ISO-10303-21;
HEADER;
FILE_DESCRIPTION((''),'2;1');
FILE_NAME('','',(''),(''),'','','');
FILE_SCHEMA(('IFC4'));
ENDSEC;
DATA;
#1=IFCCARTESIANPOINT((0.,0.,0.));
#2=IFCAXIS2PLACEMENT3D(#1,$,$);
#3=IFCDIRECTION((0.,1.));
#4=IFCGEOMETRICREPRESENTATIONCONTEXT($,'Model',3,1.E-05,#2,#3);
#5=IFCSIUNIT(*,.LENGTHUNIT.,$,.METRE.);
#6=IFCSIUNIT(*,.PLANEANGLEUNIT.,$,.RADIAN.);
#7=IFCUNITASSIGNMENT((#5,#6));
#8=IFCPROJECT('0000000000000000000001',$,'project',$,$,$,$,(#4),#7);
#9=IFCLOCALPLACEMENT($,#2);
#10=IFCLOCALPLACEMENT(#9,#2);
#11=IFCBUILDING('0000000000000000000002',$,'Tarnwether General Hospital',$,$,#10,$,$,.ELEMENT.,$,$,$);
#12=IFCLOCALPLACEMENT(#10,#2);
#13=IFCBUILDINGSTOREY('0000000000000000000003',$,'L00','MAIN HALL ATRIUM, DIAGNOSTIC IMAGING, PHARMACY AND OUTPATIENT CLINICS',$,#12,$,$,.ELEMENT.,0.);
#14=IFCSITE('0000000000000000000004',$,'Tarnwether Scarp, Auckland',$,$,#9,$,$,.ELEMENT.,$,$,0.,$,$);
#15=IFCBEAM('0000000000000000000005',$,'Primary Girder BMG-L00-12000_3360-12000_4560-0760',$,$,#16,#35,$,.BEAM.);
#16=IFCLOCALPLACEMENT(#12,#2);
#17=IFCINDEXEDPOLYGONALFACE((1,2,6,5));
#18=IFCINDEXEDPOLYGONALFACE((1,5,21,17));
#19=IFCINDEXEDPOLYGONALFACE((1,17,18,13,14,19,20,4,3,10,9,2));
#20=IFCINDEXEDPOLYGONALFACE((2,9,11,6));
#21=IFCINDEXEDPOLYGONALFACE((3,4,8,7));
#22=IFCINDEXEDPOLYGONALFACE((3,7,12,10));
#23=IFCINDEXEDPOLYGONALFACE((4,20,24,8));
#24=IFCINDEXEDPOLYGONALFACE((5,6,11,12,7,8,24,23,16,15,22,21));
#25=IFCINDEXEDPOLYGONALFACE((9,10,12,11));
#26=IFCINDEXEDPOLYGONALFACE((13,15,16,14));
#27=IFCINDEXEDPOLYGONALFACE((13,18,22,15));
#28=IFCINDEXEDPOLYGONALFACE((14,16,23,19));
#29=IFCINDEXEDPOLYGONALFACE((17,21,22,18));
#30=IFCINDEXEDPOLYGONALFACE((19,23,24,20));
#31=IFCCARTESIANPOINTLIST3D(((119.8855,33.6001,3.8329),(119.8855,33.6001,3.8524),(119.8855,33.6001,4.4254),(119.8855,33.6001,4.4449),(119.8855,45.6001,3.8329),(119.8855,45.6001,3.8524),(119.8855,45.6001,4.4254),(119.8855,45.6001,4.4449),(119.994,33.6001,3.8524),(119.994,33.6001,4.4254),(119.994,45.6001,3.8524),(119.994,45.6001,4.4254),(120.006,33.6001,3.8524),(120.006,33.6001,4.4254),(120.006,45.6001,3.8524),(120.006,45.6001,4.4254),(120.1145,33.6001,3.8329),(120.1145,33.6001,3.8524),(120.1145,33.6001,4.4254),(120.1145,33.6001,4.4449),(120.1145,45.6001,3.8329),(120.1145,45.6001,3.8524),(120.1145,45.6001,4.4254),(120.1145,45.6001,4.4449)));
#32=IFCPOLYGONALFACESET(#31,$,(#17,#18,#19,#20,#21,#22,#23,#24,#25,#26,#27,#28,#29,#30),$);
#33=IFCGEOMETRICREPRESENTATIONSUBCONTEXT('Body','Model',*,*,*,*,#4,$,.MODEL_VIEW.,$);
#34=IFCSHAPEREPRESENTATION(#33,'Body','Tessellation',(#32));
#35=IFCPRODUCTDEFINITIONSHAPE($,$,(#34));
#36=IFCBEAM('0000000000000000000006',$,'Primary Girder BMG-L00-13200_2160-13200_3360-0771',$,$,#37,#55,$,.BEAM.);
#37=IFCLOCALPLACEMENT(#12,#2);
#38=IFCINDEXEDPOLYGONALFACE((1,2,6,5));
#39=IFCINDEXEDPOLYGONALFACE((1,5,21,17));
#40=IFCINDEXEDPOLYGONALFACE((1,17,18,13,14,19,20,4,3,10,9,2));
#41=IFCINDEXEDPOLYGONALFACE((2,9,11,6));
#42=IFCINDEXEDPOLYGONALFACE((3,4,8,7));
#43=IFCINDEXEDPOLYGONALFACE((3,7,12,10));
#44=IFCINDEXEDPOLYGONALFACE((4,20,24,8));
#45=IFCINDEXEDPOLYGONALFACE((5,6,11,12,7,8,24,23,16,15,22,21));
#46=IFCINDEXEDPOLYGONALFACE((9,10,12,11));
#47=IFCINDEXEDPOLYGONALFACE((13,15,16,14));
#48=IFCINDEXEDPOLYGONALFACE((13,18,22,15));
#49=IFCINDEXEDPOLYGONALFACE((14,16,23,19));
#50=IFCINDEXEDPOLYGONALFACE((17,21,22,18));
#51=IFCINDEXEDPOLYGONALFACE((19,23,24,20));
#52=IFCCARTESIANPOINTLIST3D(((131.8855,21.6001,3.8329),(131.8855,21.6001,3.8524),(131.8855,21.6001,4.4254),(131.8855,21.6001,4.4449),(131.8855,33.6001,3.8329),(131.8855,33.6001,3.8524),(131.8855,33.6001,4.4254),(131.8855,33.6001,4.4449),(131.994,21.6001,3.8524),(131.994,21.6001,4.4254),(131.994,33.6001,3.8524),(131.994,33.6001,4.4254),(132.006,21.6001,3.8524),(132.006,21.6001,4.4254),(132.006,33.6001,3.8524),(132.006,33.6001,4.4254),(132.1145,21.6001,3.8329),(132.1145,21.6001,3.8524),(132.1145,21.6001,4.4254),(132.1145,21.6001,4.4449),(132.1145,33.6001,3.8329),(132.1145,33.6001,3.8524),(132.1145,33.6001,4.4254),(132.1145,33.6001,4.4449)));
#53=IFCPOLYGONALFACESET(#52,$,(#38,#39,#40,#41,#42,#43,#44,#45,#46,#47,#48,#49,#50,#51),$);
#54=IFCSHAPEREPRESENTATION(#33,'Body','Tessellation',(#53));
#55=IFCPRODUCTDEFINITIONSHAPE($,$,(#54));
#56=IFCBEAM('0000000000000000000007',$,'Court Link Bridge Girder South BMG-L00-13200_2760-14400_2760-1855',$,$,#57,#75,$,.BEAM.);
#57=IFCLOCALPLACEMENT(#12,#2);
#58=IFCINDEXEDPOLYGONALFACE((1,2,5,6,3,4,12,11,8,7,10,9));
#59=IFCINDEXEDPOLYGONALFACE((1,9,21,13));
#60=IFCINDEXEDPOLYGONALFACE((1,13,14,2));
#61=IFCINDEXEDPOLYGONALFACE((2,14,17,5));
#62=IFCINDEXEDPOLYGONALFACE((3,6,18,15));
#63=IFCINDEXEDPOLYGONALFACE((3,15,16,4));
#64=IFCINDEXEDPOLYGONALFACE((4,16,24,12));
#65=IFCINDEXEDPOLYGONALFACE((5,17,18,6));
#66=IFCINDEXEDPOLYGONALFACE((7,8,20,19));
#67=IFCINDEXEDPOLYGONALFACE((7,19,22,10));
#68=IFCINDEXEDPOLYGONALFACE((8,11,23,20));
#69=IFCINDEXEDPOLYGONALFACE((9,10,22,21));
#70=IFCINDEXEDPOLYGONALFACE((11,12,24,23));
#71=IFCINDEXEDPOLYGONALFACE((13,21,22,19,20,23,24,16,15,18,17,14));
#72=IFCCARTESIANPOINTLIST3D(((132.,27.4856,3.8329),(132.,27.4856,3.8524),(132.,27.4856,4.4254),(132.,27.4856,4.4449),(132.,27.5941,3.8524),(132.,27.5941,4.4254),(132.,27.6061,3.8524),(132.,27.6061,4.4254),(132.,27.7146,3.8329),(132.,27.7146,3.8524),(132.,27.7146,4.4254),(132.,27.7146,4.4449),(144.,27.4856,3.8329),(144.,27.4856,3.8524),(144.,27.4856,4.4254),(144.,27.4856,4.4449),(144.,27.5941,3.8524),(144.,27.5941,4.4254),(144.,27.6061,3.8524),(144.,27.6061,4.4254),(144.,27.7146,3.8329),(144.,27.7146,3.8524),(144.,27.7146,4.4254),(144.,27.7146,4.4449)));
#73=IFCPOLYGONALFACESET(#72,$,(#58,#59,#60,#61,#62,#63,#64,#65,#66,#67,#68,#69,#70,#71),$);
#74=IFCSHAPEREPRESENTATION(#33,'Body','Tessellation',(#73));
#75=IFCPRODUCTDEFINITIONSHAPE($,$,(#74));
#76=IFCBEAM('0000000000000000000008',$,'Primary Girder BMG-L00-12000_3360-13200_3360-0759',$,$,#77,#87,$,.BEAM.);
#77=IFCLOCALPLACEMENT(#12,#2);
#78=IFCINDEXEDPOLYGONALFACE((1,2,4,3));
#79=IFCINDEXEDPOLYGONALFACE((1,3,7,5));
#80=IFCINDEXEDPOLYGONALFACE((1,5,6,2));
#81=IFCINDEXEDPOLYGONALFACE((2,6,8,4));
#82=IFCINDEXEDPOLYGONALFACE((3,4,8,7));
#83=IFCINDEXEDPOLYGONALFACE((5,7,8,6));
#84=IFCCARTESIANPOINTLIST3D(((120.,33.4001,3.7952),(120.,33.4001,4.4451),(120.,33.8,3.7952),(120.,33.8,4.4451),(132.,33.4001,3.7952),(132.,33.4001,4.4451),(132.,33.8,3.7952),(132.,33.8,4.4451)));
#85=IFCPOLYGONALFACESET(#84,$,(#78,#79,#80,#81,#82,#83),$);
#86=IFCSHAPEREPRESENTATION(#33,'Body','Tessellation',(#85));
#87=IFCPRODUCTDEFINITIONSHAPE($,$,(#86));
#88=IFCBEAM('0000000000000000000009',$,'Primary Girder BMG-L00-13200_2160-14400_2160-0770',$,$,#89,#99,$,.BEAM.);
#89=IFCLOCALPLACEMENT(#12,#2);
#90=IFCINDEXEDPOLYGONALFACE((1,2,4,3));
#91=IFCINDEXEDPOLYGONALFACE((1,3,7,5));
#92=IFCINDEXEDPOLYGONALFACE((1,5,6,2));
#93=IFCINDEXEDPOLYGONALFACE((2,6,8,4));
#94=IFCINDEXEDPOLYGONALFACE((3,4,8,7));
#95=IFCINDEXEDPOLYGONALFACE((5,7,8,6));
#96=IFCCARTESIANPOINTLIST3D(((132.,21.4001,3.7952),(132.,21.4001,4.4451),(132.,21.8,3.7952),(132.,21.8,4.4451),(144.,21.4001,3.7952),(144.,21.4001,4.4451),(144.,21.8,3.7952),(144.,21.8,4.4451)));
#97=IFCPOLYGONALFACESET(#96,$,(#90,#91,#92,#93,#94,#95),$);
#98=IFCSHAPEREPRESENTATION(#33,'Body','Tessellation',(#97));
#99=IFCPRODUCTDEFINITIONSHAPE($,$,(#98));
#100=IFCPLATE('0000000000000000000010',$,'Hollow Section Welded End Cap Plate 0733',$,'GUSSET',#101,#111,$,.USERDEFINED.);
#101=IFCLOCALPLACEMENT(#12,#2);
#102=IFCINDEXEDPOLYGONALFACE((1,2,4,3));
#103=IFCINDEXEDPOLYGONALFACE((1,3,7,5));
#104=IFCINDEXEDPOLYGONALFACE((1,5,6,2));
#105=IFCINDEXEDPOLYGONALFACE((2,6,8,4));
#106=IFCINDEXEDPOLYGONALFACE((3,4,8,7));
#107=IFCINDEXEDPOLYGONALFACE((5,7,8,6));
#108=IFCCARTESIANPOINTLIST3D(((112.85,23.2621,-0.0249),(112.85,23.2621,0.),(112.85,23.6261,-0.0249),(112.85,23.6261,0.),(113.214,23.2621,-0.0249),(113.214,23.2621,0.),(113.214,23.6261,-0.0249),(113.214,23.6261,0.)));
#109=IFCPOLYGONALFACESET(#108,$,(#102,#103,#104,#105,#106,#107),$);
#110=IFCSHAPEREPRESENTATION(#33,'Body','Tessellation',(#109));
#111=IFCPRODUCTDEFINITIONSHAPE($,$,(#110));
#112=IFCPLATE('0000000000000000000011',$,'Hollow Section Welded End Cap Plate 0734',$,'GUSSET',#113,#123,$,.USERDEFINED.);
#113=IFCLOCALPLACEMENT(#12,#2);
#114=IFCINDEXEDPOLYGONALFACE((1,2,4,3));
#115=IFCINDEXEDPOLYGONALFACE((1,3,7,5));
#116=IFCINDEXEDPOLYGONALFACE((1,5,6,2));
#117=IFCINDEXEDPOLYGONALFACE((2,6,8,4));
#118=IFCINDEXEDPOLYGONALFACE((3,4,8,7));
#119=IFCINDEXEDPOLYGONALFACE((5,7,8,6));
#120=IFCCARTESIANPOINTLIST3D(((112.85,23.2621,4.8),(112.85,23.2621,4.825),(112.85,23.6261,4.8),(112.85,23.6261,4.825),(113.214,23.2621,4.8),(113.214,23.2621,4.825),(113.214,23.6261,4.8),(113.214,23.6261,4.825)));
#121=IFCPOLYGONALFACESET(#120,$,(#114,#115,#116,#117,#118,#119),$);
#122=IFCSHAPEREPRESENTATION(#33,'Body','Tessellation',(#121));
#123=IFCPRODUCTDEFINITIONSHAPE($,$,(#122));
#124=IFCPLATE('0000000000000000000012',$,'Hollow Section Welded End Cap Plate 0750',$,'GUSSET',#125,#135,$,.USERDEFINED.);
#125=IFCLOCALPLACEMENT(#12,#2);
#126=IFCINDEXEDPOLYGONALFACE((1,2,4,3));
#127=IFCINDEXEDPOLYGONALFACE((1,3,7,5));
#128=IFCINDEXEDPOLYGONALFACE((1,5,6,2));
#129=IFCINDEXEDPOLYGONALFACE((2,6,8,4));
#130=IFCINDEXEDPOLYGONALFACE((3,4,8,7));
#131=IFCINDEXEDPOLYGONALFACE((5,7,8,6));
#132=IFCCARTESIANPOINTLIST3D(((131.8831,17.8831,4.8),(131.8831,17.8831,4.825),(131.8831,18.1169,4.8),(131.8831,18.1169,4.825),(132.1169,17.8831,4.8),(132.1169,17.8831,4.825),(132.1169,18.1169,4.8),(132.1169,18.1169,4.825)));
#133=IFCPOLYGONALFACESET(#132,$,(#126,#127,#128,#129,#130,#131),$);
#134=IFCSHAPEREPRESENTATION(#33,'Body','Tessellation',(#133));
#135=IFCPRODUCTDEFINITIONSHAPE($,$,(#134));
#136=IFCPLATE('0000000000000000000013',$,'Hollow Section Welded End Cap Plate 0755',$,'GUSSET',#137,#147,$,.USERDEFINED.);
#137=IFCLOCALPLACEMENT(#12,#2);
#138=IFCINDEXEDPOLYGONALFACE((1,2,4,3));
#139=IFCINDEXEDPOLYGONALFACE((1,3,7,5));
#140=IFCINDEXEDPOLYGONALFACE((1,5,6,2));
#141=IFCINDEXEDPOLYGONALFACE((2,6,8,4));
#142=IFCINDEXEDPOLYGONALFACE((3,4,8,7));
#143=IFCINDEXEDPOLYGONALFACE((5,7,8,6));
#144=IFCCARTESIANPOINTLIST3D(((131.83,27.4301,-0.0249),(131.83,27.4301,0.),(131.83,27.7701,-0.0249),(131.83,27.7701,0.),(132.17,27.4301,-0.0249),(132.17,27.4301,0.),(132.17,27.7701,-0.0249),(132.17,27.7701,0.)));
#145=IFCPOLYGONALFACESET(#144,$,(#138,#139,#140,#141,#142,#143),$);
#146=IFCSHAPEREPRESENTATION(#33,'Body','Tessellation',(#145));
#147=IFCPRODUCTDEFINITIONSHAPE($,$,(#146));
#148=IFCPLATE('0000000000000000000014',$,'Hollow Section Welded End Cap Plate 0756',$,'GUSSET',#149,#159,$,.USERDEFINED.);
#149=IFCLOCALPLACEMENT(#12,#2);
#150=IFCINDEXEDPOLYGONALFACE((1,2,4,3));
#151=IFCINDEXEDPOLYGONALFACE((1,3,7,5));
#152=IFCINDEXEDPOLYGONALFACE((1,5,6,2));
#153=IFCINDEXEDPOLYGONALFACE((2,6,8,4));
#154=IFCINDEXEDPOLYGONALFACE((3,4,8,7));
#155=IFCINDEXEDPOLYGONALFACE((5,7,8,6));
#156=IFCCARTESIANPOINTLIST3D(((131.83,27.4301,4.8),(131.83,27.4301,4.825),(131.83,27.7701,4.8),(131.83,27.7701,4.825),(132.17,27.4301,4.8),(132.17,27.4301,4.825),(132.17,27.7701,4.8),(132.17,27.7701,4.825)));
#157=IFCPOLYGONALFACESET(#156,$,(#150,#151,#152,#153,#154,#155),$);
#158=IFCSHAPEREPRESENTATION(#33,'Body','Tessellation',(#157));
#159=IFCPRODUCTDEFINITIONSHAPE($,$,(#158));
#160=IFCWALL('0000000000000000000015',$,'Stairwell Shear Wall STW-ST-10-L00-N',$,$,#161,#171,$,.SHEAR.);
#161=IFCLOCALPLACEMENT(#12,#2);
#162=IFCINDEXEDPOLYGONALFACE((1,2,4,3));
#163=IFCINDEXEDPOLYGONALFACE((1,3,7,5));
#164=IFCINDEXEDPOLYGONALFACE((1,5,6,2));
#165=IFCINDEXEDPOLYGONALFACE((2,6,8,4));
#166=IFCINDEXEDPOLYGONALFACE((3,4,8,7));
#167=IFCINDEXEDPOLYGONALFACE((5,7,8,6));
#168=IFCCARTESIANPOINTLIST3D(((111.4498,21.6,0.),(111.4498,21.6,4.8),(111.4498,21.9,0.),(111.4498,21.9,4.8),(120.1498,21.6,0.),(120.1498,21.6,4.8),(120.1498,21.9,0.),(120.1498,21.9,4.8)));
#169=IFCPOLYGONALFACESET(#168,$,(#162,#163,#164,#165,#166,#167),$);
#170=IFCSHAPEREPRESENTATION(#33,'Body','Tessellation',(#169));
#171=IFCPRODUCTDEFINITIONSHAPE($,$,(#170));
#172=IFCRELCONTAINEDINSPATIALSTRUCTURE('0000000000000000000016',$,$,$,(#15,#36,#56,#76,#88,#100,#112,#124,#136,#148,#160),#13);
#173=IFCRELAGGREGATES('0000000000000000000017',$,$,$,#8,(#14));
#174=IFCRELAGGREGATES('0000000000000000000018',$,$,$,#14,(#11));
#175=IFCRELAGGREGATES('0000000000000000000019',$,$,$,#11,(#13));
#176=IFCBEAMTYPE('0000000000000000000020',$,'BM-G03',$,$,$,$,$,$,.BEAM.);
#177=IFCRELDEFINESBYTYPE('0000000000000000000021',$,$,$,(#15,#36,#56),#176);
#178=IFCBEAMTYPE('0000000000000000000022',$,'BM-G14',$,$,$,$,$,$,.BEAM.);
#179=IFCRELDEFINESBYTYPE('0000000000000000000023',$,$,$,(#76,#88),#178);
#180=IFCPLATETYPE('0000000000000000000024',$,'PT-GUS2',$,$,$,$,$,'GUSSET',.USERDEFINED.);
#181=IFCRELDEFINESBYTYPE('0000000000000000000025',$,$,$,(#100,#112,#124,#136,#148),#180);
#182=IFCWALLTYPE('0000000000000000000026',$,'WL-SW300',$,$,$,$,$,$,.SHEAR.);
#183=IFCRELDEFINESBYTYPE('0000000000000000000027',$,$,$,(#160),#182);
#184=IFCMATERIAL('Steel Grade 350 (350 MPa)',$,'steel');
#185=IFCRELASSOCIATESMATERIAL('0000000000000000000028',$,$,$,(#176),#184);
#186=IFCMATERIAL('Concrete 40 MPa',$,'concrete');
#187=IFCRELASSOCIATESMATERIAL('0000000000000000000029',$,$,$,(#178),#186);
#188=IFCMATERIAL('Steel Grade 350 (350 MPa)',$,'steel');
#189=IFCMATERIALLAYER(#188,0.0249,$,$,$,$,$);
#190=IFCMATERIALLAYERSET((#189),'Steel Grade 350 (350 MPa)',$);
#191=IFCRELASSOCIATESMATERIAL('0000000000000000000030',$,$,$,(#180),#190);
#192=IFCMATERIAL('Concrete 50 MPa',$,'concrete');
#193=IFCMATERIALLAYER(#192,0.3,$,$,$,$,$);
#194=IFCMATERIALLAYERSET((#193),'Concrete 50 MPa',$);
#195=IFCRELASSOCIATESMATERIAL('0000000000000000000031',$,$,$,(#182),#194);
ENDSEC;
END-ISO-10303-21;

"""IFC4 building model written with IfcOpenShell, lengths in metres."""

from ifc_helpers import new_model, si_unit, direction, frame, frame_2d, origin, origin_2d, place, context, subcontext, project, spatial, rectangle, i_section, extrude, material, layer, layer_set, material_profile, profile_set, type_object, element, save


model = new_model("IFC4")

# Units and contexts
model_context = context("Model", 3, precision=1e-05, world=origin(), true_north=direction((0.0, 1.0)))
body_context = subcontext(model_context, "Body", "Model", "MODEL_VIEW")
ifc_project = project(units=[si_unit("LENGTHUNIT", "METRE"), si_unit("PLANEANGLEUNIT", "RADIAN")], contexts=[model_context])

# Site, building, storey
site_placement = place(None, origin())
site = spatial("IfcSite", under=ifc_project, at=site_placement, Name="Tarnwether Scarp, Auckland", CompositionType="ELEMENT", RefElevation=0.0)
building_placement = place(site_placement, origin())
building = spatial("IfcBuilding", under=site, at=building_placement, Name="Tarnwether General Hospital", CompositionType="ELEMENT")
storey_placement = place(building_placement, origin())
storey = spatial("IfcBuildingStorey", under=building, at=storey_placement, Name="L00", Description="MAIN HALL ATRIUM, DIAGNOSTIC IMAGING, PHARMACY AND OUTPATIENT CLINICS", CompositionType="ELEMENT", Elevation=0.0)

# Beams
ifc_material_1 = material(Name="Steel Grade 350 (350 MPa)", Category="steel")
ifc_material_profile_1 = material_profile(ifc_material_1, i_section(OverallWidth=0.229, OverallDepth=0.6121, WebThickness=0.012, FlangeThickness=0.0195, at=origin_2d()), Name="610UB125")
ifc_profile_set_1 = profile_set([ifc_material_profile_1], Name="Steel Grade 350 (350 MPa)")
beam_type_1 = type_object("IfcBeamType", Name="BM-G03", PredefinedType="BEAM", material=ifc_profile_set_1)
for number, where, z_axis, x_axis, name in (
    (1, (120.0, 33.6001, 4.1389), (0.0, 1.0, 0.0), (-1.0, 0.0, 0.0), "Primary Girder BMG-L00-12000_3360-12000_4560-0760"),
    (2, (132.0, 21.6001, 4.1389), (0.0, 1.0, 0.0), (-1.0, 0.0, 0.0), "Primary Girder BMG-L00-13200_2160-13200_3360-0771"),
    (3, (132.0, 27.6001, 4.1389), (1.0, 0.0, 0.0), (0.0, 1.0, 0.0), "Court Link Bridge Girder South BMG-L00-13200_2760-14400_2760-1855"),
):
    element("IfcBeam", number, at=place(storey_placement, frame(where, z_axis=z_axis, x_axis=x_axis)), inside=storey, type_object=beam_type_1, Name=name, PredefinedType="BEAM", context=body_context, shape_type="SweptSolid", body=[
        extrude(i_section(OverallWidth=0.229, OverallDepth=0.6121, WebThickness=0.012, FlangeThickness=0.0195, at=origin_2d()), origin(), (0.0, 0.0, 1.0), 12.0),
    ])
ifc_material_2 = material(Name="Concrete 40 MPa", Category="concrete")
ifc_material_profile_2 = material_profile(ifc_material_2, rectangle(XDim=0.3999, YDim=0.6499, at=origin_2d()), Name="RC-BM-400x650")
ifc_profile_set_2 = profile_set([ifc_material_profile_2], Name="Concrete 40 MPa")
beam_type_2 = type_object("IfcBeamType", Name="BM-G14", PredefinedType="BEAM", material=ifc_profile_set_2)
for number, where, z_axis, x_axis, name in (
    (4, (120.0, 33.6001, 4.1201), (1.0, 0.0, 0.0), (0.0, 1.0, 0.0), "Primary Girder BMG-L00-12000_3360-13200_3360-0759"),
    (5, (132.0, 21.6001, 4.1201), (1.0, 0.0, 0.0), (0.0, 1.0, 0.0), "Primary Girder BMG-L00-13200_2160-14400_2160-0770"),
):
    element("IfcBeam", number, at=place(storey_placement, frame(where, z_axis=z_axis, x_axis=x_axis)), inside=storey, type_object=beam_type_2, Name=name, PredefinedType="BEAM", context=body_context, shape_type="SweptSolid", body=[
        extrude(rectangle(XDim=0.3999, YDim=0.6499, at=origin_2d()), origin(), (0.0, 0.0, 1.0), 12.0),
    ])

# Plates
ifc_material_3 = material(Name="Steel Grade 350 (350 MPa)", Category="steel")
ifc_layer_1 = layer(ifc_material_3, 0.0249)
ifc_layer_set_1 = layer_set([ifc_layer_1], Name="Steel Grade 350 (350 MPa)")
plate_type = type_object("IfcPlateType", Name="PT-GUS2", ElementType="GUSSET", PredefinedType="USERDEFINED", material=ifc_layer_set_1)
for number, where, z_axis, x_axis, name in (
    (6, (113.032, 23.4441, -0.0249), (0.0, 0.0, 1.0), (1.0, 0.0, 0.0), "Hollow Section Welded End Cap Plate 0733"),
    (7, (113.032, 23.4441, 4.8), (0.0, 0.0, 1.0), (1.0, 0.0, 0.0), "Hollow Section Welded End Cap Plate 0734"),
):
    element("IfcPlate", number, at=place(storey_placement, frame(where, z_axis=z_axis, x_axis=x_axis)), inside=storey, type_object=plate_type, Name=name, ObjectType="GUSSET", PredefinedType="USERDEFINED", context=body_context, shape_type="SweptSolid", body=[
        extrude(rectangle(XDim=0.364, YDim=0.364, at=origin_2d()), origin(), (0.0, 0.0, 1.0), 0.0249),
    ])
plate_placement = place(storey_placement, frame((132.0, 18.0, 4.8), z_axis=(0.0, 0.0, 1.0), x_axis=(1.0, 0.0, 0.0)))
element("IfcPlate", 8, at=plate_placement, inside=storey, type_object=plate_type, Name="Hollow Section Welded End Cap Plate 0750", ObjectType="GUSSET", PredefinedType="USERDEFINED", context=body_context, shape_type="SweptSolid", body=[
    extrude(rectangle(XDim=0.2339, YDim=0.2339, at=origin_2d()), origin(), (0.0, 0.0, 1.0), 0.0249),
])
for number, where, z_axis, x_axis, name in (
    (9, (132.0, 27.6001, -0.0249), (0.0, 0.0, 1.0), (1.0, 0.0, 0.0), "Hollow Section Welded End Cap Plate 0755"),
    (10, (132.0, 27.6001, 4.8), (0.0, 0.0, 1.0), (1.0, 0.0, 0.0), "Hollow Section Welded End Cap Plate 0756"),
):
    element("IfcPlate", number, at=place(storey_placement, frame(where, z_axis=z_axis, x_axis=x_axis)), inside=storey, type_object=plate_type, Name=name, ObjectType="GUSSET", PredefinedType="USERDEFINED", context=body_context, shape_type="SweptSolid", body=[
        extrude(rectangle(XDim=0.3401, YDim=0.3401, at=origin_2d()), origin(), (0.0, 0.0, 1.0), 0.0249),
    ])

# Wall
ifc_material_4 = material(Name="Concrete 50 MPa", Category="concrete")
ifc_layer_2 = layer(ifc_material_4, 0.3)
ifc_layer_set_2 = layer_set([ifc_layer_2], Name="Concrete 50 MPa")
wall_type = type_object("IfcWallType", Name="WL-SW300", PredefinedType="SHEAR", material=ifc_layer_set_2)
wall_placement = place(storey_placement, frame((120.1499, 21.75, 0.0), z_axis=(0.0, 0.0, 1.0), x_axis=(-1.0, 0.0, 0.0)))
element("IfcWall", 11, at=wall_placement, inside=storey, type_object=wall_type, Name="Stairwell Shear Wall STW-ST-10-L00-N", PredefinedType="SHEAR", context=body_context, shape_type="SweptSolid", body=[
    extrude(rectangle(XDim=8.7, YDim=0.3, at=frame_2d((4.3501, 0.0))), origin(), (0.0, 0.0, 1.0), 4.8),
])

save(model, "model.ifc")
